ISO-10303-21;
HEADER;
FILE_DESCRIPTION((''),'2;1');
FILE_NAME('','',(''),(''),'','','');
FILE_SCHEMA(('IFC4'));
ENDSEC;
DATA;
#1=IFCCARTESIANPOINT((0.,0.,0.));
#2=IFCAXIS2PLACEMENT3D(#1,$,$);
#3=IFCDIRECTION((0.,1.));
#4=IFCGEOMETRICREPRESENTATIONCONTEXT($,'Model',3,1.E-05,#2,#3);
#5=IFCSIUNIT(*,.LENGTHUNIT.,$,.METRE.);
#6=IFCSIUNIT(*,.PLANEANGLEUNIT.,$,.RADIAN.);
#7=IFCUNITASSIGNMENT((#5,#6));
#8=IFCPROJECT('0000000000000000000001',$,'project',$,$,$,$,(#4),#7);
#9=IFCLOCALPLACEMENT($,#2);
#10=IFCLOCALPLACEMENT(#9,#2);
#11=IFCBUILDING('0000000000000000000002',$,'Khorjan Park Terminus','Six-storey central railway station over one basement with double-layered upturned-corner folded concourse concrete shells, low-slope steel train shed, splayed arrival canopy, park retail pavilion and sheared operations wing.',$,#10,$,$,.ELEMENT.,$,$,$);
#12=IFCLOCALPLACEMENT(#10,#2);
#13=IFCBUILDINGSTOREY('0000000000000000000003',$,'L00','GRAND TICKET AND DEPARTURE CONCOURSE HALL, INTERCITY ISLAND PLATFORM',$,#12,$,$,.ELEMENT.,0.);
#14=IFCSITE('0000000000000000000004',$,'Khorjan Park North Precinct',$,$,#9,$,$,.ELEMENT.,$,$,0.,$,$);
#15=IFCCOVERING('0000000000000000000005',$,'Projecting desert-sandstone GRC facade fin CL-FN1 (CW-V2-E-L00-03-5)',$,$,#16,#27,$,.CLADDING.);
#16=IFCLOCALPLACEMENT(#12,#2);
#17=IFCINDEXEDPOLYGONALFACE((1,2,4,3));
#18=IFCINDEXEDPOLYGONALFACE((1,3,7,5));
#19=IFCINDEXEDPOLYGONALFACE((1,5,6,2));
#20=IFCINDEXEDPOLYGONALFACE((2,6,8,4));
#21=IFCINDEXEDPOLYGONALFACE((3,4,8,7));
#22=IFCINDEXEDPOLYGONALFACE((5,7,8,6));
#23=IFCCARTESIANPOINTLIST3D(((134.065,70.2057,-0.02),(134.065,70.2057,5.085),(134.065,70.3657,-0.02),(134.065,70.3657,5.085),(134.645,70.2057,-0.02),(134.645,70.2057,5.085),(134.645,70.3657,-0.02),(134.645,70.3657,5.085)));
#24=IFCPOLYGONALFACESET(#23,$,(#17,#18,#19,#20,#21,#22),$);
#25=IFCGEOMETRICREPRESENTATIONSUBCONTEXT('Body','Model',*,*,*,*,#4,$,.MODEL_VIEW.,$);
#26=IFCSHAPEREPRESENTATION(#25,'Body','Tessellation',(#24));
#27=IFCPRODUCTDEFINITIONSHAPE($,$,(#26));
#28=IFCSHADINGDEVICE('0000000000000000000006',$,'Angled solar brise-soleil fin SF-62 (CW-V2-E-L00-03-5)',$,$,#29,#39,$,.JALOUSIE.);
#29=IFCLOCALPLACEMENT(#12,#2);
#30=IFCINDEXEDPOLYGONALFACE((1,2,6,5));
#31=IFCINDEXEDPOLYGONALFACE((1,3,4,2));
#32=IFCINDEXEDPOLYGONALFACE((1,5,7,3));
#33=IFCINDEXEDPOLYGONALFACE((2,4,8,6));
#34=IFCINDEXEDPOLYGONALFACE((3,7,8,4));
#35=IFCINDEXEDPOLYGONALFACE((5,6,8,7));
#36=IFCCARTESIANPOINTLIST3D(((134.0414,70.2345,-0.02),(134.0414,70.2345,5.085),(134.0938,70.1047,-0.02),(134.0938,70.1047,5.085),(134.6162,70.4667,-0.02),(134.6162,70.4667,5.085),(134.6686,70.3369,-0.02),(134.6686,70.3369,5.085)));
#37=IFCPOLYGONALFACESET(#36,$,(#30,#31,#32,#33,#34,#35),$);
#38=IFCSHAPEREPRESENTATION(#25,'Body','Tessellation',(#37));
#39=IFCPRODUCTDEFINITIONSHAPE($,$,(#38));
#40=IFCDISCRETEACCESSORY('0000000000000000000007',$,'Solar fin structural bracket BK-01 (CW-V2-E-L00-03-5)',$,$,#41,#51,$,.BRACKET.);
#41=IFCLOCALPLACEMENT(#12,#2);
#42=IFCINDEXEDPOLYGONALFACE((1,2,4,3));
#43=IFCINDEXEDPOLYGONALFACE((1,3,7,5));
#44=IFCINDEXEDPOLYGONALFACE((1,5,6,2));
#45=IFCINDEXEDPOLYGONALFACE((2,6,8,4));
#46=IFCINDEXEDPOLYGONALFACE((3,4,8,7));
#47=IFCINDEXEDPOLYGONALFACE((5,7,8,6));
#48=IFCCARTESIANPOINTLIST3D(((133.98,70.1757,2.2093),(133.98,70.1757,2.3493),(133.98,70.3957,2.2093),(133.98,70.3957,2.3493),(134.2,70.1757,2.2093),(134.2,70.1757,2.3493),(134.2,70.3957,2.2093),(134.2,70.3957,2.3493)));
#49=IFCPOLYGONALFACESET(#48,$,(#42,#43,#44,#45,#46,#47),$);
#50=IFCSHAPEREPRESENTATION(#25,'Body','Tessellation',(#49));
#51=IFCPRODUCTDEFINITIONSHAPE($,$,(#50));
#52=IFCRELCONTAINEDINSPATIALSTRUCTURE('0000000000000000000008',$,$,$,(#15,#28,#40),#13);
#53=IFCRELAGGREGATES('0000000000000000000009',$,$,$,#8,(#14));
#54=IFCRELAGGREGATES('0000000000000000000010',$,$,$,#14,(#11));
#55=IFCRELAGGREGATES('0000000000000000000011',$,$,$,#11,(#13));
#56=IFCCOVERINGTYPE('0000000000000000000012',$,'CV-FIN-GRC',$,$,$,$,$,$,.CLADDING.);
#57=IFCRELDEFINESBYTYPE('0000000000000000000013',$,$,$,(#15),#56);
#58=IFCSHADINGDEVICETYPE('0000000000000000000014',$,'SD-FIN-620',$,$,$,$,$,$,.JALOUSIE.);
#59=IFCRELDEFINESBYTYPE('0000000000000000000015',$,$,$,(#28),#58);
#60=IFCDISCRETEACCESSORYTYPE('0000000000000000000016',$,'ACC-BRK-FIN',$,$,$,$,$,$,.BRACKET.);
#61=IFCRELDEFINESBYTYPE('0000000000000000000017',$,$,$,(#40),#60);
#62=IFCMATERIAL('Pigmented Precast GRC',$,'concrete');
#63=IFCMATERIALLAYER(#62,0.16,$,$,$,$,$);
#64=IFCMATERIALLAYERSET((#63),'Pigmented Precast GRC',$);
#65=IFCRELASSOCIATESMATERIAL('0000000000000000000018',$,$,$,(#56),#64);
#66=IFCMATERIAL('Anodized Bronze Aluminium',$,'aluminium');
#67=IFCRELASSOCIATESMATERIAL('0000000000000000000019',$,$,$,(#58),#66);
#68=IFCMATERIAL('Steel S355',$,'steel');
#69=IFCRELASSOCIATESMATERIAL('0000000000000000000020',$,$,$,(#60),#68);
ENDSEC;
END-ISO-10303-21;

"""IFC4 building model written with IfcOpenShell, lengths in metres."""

from ifc_helpers import new_model, si_unit, direction, frame, origin, origin_2d, place, context, subcontext, project, spatial, rectangle, extrude, material, layer, layer_set, type_object, element, save


model = new_model("IFC4")

# Units and contexts
model_context = context("Model", 3, precision=1e-05, world=origin(), true_north=direction((0.0, 1.0)))
body_context = subcontext(model_context, "Body", "Model", "MODEL_VIEW")
ifc_project = project(units=[si_unit("LENGTHUNIT", "METRE"), si_unit("PLANEANGLEUNIT", "RADIAN")], contexts=[model_context])

# Site, building, storey
site_placement = place(None, origin())
site = spatial("IfcSite", under=ifc_project, at=site_placement, Name="Khorjan Park North Precinct", CompositionType="ELEMENT", RefElevation=0.0)
building_placement = place(site_placement, origin())
building = spatial("IfcBuilding", under=site, at=building_placement, Name="Khorjan Park Terminus", Description="Six-storey central railway station over one basement with double-layered upturned-corner folded concourse concrete shells, low-slope steel train shed, splayed arrival canopy, park retail pavilion and sheared operations wing.", CompositionType="ELEMENT")
storey_placement = place(building_placement, origin())
storey = spatial("IfcBuildingStorey", under=building, at=storey_placement, Name="L00", Description="GRAND TICKET AND DEPARTURE CONCOURSE HALL, INTERCITY ISLAND PLATFORM", CompositionType="ELEMENT", Elevation=0.0)

# Shared definitions
ifc_material_1 = material(Name="Anodized Bronze Aluminium", Category="aluminium")

# Covering
ifc_material_2 = material(Name="Pigmented Precast GRC", Category="concrete")
ifc_layer_1 = layer(ifc_material_2, 0.16)
ifc_layer_set_1 = layer_set([ifc_layer_1], Name="Pigmented Precast GRC")
covering_type = type_object("IfcCoveringType", Name="CV-FIN-GRC", PredefinedType="CLADDING", material=ifc_layer_set_1)
covering_placement = place(storey_placement, frame((134.355, 70.2857, -0.02), z_axis=(0.0, 0.0, 1.0), x_axis=(-1.0, 0.0, 0.0)))
element("IfcCovering", 1, at=covering_placement, inside=storey, type_object=covering_type, Name="Projecting desert-sandstone GRC facade fin CL-FN1 (CW-V2-E-L00-03-5)", PredefinedType="CLADDING", context=body_context, shape_type="SweptSolid", body=[
    extrude(rectangle(XDim=0.58, YDim=0.16, at=origin_2d()), origin(), (0.0, 0.0, 1.0), 5.105),
])

# Shading device
shading_device_type = type_object("IfcShadingDeviceType", Name="SD-FIN-620", PredefinedType="JALOUSIE", material=ifc_material_1)
shading_device_placement = place(storey_placement, frame((134.355, 70.2857, -0.02), z_axis=(0.0, 0.0, 1.0), x_axis=(-0.927184, -0.374607, 0.0)))
element("IfcShadingDevice", 2, at=shading_device_placement, inside=storey, type_object=shading_device_type, Name="Angled solar brise-soleil fin SF-62 (CW-V2-E-L00-03-5)", PredefinedType="JALOUSIE", context=body_context, shape_type="SweptSolid", body=[
    extrude(rectangle(XDim=0.62, YDim=0.14, at=origin_2d()), origin(), (0.0, 0.0, 1.0), 5.105),
])

# Discrete accessory
ifc_material_3 = material(Name="Steel S355", Category="steel")
discrete_accessory_type = type_object("IfcDiscreteAccessoryType", Name="ACC-BRK-FIN", PredefinedType="BRACKET", material=ifc_material_3)
discrete_accessory_placement = place(storey_placement, frame((134.09, 70.2857, 2.2093), z_axis=(0.0, 0.0, 1.0), x_axis=(0.0, 1.0, 0.0)))
element("IfcDiscreteAccessory", 3, at=discrete_accessory_placement, inside=storey, type_object=discrete_accessory_type, Name="Solar fin structural bracket BK-01 (CW-V2-E-L00-03-5)", PredefinedType="BRACKET", context=body_context, shape_type="SweptSolid", body=[
    extrude(rectangle(XDim=0.22, YDim=0.22, at=origin_2d()), origin(), (0.0, 0.0, 1.0), 0.14),
])

save(model, "model.ifc")
